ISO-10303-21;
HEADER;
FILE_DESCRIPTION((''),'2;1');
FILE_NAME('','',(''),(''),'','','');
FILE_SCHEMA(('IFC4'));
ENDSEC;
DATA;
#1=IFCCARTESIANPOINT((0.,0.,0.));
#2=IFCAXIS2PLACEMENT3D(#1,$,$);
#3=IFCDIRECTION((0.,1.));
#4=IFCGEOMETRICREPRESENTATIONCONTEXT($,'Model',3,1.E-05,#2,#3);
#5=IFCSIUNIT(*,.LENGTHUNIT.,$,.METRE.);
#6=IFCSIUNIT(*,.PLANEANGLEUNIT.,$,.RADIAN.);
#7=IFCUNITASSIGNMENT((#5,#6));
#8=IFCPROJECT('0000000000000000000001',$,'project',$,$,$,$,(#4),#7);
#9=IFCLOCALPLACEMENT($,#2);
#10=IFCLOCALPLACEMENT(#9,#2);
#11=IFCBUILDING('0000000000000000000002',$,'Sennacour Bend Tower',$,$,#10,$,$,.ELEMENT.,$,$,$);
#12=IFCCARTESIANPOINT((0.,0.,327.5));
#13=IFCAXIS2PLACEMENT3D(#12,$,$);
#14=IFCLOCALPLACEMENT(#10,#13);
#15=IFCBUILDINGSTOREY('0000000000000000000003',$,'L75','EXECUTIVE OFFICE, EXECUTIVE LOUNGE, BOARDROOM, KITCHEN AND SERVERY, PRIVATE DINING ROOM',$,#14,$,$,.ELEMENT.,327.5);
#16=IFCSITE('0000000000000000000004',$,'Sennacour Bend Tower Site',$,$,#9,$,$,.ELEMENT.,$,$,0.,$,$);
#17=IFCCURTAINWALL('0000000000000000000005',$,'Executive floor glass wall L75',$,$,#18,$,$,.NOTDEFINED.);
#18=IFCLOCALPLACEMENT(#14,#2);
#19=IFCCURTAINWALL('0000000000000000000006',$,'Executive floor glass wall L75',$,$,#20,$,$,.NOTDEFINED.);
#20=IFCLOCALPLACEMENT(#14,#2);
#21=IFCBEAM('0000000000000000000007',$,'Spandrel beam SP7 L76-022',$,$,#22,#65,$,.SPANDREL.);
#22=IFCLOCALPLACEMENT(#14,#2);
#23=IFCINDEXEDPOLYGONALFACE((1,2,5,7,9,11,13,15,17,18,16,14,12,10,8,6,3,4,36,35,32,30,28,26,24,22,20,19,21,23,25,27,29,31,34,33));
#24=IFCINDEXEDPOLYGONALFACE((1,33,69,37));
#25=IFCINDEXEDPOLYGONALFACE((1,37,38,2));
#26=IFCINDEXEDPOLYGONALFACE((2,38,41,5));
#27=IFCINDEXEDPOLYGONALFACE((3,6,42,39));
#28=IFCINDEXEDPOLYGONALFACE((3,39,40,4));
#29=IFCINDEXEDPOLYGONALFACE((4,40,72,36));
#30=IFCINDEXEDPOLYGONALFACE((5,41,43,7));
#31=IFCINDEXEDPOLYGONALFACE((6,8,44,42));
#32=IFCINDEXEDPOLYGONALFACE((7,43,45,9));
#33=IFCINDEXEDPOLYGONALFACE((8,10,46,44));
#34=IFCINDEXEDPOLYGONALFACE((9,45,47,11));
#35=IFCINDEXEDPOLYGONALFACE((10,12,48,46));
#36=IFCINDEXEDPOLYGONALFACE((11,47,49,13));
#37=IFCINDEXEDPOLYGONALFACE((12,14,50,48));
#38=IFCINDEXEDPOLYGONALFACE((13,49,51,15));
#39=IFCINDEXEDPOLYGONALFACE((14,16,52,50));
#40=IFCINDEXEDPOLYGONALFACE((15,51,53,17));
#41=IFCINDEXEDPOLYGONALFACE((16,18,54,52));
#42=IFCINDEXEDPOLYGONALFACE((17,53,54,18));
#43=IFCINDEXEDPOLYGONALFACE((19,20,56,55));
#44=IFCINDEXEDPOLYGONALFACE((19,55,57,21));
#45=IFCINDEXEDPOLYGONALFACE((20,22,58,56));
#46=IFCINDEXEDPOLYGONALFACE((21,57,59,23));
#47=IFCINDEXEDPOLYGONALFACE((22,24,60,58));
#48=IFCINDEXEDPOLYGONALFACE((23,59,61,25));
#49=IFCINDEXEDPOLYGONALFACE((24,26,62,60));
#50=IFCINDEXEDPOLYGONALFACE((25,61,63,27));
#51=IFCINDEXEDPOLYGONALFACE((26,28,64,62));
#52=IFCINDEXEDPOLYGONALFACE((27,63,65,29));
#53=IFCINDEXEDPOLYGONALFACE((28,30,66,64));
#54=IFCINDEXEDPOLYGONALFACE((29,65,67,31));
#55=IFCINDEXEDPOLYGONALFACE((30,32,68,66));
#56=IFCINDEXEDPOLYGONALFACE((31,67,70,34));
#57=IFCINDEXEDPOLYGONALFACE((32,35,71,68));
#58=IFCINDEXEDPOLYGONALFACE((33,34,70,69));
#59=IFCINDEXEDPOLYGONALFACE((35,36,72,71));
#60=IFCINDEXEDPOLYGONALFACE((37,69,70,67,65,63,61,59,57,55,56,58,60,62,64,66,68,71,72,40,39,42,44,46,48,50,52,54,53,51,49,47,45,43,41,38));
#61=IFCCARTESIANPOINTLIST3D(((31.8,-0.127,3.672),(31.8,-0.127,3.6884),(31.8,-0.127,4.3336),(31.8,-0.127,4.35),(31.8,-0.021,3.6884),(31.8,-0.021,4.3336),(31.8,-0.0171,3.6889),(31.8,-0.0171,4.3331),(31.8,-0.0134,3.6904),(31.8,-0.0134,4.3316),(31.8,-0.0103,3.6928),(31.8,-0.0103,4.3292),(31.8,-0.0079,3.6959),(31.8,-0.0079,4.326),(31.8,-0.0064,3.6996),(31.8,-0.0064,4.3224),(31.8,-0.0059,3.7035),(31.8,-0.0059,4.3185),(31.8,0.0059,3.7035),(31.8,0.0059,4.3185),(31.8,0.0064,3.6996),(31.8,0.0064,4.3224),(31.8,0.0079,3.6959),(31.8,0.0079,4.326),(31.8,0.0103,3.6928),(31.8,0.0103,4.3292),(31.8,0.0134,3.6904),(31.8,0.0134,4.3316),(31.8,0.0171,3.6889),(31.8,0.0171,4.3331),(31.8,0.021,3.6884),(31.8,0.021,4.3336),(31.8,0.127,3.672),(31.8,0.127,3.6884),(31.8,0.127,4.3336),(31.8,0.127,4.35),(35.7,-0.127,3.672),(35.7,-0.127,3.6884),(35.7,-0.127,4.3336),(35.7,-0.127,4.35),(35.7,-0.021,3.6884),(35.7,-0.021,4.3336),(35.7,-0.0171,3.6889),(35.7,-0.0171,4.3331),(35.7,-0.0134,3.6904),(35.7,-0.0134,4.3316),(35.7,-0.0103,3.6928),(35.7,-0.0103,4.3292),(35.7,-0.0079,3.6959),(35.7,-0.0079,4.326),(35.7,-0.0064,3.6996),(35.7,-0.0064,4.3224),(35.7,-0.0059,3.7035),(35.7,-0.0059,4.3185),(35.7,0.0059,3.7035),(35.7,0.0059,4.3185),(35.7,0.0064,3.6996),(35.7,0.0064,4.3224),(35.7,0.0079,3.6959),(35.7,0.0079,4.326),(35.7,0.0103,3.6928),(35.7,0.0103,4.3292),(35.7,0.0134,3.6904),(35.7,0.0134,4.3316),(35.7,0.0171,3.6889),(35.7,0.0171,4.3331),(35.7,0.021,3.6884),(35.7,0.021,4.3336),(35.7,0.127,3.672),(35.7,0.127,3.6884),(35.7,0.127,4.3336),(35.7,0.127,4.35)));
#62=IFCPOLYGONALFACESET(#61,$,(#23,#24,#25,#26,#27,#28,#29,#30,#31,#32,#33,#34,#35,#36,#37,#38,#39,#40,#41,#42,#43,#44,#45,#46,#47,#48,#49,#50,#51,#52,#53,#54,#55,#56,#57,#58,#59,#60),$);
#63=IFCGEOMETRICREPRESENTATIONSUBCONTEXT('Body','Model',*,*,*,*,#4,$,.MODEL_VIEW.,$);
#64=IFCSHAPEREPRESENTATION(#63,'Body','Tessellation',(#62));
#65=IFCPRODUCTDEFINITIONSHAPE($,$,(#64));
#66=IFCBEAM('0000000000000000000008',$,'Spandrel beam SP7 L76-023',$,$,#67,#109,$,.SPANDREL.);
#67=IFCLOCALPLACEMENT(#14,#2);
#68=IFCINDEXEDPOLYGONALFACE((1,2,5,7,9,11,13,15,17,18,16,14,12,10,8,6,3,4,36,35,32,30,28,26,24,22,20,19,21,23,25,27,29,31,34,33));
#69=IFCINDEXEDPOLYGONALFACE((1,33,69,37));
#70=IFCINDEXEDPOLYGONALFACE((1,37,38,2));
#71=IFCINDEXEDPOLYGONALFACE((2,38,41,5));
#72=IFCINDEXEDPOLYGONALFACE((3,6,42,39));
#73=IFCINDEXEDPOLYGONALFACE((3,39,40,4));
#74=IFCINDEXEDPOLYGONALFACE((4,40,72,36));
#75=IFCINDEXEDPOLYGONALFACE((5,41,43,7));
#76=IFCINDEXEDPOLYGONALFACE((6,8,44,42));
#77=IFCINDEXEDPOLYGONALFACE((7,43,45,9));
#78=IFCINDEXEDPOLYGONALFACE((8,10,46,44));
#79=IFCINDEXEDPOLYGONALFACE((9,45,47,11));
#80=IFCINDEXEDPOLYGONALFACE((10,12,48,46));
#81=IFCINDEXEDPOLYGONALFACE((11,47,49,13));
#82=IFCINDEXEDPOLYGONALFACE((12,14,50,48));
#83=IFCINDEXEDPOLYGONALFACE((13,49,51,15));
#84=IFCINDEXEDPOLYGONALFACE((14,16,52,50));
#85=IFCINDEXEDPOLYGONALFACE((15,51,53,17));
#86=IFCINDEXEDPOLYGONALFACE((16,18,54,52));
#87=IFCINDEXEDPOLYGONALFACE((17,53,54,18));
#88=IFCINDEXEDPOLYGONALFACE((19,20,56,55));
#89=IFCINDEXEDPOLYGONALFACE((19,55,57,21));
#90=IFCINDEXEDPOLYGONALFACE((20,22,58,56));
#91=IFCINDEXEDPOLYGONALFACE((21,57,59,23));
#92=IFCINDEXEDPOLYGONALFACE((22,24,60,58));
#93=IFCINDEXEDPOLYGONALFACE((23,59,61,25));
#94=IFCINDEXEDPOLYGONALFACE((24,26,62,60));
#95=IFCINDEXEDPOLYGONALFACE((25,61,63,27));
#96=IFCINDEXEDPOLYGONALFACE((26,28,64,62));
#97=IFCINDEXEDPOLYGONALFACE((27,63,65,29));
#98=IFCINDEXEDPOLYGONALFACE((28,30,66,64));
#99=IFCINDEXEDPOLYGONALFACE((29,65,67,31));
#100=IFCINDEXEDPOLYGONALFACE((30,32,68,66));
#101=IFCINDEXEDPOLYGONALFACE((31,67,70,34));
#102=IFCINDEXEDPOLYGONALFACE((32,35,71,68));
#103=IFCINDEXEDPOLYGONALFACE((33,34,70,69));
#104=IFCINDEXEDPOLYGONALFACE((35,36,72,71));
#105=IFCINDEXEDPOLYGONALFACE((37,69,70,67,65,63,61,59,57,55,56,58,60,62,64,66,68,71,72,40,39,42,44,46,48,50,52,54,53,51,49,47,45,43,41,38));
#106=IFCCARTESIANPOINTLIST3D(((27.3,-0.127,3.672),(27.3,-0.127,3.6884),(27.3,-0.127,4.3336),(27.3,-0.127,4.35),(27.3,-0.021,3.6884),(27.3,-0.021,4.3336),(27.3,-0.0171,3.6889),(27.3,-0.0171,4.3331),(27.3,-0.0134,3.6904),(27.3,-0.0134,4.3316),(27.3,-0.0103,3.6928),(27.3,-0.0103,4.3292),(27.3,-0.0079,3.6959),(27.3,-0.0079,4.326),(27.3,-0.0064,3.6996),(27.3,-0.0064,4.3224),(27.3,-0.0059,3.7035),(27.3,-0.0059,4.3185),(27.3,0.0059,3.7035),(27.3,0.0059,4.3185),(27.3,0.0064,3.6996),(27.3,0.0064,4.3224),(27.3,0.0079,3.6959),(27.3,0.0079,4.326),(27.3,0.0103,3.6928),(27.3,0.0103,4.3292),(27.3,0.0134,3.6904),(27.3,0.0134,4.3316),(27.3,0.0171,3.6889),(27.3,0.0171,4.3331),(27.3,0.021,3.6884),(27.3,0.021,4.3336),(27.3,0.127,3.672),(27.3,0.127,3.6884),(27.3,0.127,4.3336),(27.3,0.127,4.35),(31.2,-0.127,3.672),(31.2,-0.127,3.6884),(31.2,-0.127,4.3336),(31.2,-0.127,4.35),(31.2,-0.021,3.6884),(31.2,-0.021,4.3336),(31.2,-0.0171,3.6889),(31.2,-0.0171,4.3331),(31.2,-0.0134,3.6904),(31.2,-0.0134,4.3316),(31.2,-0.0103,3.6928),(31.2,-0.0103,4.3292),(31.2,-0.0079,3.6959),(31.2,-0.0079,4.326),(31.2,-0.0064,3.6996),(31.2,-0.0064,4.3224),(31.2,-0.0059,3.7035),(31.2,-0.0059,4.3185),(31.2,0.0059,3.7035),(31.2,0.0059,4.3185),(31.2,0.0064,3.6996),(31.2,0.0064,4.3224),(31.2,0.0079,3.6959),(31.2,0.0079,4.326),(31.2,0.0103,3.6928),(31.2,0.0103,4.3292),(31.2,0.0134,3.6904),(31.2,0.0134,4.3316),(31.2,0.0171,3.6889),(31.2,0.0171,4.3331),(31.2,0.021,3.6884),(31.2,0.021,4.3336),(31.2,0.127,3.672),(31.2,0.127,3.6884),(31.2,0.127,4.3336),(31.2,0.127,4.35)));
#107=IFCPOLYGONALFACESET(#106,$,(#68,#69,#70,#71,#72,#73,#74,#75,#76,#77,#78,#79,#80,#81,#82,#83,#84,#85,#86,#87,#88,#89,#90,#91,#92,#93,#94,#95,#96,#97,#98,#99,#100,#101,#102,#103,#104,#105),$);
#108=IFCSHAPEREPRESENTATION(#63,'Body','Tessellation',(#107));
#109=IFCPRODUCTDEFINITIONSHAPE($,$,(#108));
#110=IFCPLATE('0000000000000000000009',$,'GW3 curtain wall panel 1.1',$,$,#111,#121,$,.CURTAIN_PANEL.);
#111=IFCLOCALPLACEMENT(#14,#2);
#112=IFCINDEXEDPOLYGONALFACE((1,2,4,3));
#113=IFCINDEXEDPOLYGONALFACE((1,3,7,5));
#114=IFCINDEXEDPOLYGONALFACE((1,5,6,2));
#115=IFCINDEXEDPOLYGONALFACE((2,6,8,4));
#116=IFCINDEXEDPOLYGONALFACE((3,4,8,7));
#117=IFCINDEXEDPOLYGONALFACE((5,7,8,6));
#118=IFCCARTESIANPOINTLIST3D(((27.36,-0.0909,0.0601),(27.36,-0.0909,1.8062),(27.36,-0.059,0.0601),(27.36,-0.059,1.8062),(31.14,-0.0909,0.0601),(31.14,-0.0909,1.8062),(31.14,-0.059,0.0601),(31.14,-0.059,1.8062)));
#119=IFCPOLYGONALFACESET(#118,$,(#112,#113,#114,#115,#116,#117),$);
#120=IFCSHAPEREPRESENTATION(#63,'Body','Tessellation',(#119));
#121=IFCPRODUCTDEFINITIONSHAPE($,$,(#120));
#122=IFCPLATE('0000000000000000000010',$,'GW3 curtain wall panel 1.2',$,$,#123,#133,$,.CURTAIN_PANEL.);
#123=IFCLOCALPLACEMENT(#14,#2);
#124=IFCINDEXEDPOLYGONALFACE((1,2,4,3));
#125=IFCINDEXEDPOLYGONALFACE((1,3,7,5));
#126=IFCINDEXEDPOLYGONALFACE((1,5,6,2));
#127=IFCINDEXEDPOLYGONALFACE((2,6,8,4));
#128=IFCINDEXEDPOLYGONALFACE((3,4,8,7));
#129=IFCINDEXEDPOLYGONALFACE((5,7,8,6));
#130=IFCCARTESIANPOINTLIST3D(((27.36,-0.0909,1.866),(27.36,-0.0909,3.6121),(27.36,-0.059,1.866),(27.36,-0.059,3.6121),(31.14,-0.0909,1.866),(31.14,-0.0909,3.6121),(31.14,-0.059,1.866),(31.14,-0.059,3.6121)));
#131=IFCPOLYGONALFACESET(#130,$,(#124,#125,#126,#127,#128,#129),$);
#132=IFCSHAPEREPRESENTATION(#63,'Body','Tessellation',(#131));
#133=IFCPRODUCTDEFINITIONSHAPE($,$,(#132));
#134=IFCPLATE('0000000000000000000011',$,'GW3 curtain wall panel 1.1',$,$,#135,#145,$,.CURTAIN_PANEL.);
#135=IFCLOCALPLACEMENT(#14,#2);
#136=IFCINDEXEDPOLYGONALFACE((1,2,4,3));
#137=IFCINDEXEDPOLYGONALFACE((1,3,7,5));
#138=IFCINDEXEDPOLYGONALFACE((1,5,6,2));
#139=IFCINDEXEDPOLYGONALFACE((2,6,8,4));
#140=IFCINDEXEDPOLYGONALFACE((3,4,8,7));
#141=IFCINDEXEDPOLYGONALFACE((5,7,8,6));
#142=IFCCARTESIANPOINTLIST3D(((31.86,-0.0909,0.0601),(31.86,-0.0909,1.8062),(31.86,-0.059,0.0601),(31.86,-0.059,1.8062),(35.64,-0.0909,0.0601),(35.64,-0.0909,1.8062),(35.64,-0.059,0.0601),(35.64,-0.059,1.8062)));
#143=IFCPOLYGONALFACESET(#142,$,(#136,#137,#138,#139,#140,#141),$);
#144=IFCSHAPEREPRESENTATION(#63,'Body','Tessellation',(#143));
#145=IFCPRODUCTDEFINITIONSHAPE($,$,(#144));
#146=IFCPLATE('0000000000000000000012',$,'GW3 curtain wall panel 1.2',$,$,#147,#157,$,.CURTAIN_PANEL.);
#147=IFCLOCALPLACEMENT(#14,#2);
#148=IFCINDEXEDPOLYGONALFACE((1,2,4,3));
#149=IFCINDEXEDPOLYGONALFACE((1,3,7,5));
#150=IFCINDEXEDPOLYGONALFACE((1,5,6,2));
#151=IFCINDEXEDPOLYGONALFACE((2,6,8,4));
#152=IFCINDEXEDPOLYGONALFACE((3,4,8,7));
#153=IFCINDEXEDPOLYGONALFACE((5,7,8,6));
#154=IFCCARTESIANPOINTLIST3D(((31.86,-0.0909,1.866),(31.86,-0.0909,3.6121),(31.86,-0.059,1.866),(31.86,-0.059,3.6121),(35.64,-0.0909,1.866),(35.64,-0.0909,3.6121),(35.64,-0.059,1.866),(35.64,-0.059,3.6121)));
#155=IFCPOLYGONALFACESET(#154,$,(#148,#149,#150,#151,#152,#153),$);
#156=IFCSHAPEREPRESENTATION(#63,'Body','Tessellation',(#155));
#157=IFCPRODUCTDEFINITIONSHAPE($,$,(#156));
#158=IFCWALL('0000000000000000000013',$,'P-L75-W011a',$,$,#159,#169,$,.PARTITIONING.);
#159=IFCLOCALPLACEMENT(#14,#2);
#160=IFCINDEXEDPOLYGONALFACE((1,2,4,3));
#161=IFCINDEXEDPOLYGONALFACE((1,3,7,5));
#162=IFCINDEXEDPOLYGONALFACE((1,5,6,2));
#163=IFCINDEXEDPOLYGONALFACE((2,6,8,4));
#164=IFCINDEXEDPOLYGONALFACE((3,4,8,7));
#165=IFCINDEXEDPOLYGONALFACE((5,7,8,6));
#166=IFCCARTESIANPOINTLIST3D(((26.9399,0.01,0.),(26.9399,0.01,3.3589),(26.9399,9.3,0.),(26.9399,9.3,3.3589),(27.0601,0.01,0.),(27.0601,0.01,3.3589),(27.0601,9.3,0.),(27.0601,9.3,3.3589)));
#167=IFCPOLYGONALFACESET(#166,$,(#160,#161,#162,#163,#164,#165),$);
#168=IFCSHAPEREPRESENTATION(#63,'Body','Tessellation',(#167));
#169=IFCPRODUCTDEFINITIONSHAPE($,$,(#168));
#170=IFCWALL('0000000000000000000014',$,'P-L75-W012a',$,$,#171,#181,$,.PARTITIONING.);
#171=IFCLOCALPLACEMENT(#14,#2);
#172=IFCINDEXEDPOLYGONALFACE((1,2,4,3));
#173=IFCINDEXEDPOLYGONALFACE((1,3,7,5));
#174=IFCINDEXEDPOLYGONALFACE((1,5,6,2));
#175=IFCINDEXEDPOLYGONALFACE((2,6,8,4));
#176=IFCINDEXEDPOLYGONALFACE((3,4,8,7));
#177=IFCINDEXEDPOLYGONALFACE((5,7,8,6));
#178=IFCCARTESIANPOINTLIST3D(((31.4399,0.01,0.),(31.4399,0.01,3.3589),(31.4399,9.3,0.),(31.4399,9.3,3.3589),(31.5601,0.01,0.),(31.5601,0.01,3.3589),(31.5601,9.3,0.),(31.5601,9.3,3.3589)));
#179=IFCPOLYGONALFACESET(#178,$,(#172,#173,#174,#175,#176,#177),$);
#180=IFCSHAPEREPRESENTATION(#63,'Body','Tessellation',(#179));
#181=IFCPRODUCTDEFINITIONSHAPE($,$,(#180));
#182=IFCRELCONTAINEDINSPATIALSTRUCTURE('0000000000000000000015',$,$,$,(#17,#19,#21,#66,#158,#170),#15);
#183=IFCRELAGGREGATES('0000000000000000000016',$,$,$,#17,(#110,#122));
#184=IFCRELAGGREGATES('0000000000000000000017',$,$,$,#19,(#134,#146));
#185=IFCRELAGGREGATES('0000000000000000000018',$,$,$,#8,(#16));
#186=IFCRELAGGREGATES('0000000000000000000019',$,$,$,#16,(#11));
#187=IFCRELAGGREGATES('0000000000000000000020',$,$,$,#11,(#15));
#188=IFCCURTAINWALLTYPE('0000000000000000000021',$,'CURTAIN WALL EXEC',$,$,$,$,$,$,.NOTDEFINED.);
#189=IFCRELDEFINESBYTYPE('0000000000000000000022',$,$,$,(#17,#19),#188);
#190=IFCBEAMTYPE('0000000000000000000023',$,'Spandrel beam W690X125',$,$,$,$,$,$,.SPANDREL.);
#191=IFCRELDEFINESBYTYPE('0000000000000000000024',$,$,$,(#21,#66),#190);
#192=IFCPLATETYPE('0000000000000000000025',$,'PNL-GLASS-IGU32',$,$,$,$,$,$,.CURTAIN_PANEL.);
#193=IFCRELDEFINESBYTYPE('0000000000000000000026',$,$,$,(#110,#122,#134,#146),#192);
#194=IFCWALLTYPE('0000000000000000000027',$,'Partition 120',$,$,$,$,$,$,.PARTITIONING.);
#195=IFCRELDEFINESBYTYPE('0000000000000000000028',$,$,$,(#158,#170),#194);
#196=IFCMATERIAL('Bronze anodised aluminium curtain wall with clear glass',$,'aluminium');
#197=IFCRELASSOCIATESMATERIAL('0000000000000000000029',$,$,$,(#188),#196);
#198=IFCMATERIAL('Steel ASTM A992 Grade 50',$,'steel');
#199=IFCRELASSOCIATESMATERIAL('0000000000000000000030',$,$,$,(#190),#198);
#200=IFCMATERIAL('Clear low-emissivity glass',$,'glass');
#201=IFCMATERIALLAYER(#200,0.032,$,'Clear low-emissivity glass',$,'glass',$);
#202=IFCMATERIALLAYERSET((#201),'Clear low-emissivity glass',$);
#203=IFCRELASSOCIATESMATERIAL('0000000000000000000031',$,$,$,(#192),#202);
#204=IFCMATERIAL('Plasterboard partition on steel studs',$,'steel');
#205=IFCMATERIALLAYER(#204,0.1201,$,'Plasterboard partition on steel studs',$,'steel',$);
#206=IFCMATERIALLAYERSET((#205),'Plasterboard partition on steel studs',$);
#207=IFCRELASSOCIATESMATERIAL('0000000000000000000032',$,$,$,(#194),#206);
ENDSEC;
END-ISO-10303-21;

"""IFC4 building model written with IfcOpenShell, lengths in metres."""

from ifc_helpers import new_model, si_unit, direction, frame, frame_2d, origin, origin_2d, place, context, subcontext, project, spatial, rectangle, i_section, extrude, material, layer, layer_set, material_profile, profile_set, type_object, element, aggregate, save


model = new_model("IFC4")

# Units and contexts
model_context = context("Model", 3, precision=1e-05, world=origin(), true_north=direction((0.0, 1.0)))
body_context = subcontext(model_context, "Body", "Model", "MODEL_VIEW")
ifc_project = project(units=[si_unit("LENGTHUNIT", "METRE"), si_unit("PLANEANGLEUNIT", "RADIAN")], contexts=[model_context])

# Site, building, storey
site_placement = place(None, origin())
site = spatial("IfcSite", under=ifc_project, at=site_placement, Name="Sennacour Bend Tower Site", CompositionType="ELEMENT", RefElevation=0.0)
building_placement = place(site_placement, origin())
building = spatial("IfcBuilding", under=site, at=building_placement, Name="Sennacour Bend Tower", CompositionType="ELEMENT")
storey_placement = place(building_placement, frame((0.0, 0.0, 327.5)))
storey = spatial("IfcBuildingStorey", under=building, at=storey_placement, Name="L75", Description="EXECUTIVE OFFICE, EXECUTIVE LOUNGE, BOARDROOM, KITCHEN AND SERVERY, PRIVATE DINING ROOM", CompositionType="ELEMENT", Elevation=327.5)

# Curtain walls
ifc_material_1 = material(Name="Bronze anodised aluminium curtain wall with clear glass", Category="aluminium")
curtain_wall_type = type_object("IfcCurtainWallType", Name="CURTAIN WALL EXEC", PredefinedType="NOTDEFINED", material=ifc_material_1)
curtain_wall_1_placement = place(storey_placement, origin())
curtain_wall_1 = element("IfcCurtainWall", 1, at=curtain_wall_1_placement, inside=storey, type_object=curtain_wall_type, Name="Executive floor glass wall L75", PredefinedType="NOTDEFINED")
curtain_wall_2_placement = place(storey_placement, origin())
curtain_wall_2 = element("IfcCurtainWall", 2, at=curtain_wall_2_placement, inside=storey, type_object=curtain_wall_type, Name="Executive floor glass wall L75", PredefinedType="NOTDEFINED")

# Beams
ifc_material_2 = material(Name="Steel ASTM A992 Grade 50", Category="steel")
ifc_material_profile_1 = material_profile(ifc_material_2, i_section(OverallWidth=0.2539, OverallDepth=0.678, WebThickness=0.0117, FlangeThickness=0.0164, FilletRadius=0.0151, at=origin_2d()), Name="Steel ASTM A992 Grade 50", Category="steel")
ifc_profile_set_1 = profile_set([ifc_material_profile_1], Name="Steel ASTM A992 Grade 50")
beam_type_1 = type_object("IfcBeamType", Name="Spandrel beam W690X125", PredefinedType="SPANDREL", material=ifc_profile_set_1)
for number, where, z_axis, x_axis, name in (
    (3, (35.7, 0.0, 4.011), (-1.0, 0.0, 0.0), (0.0, -1.0, 0.0), "Spandrel beam SP7 L76-022"),
    (4, (31.2, 0.0, 4.011), (-1.0, 0.0, 0.0), (0.0, -1.0, 0.0), "Spandrel beam SP7 L76-023"),
):
    element("IfcBeam", number, at=place(storey_placement, frame(where, z_axis=z_axis, x_axis=x_axis)), inside=storey, type_object=beam_type_1, Name=name, PredefinedType="SPANDREL", context=body_context, shape_type="SweptSolid", body=[
        extrude(i_section(OverallWidth=0.2539, OverallDepth=0.678, WebThickness=0.0117, FlangeThickness=0.0164, FilletRadius=0.0151, at=origin_2d()), origin(), (0.0, 0.0, 1.0), 3.8999),
    ])

# Plates
ifc_material_3 = material(Name="Clear low-emissivity glass", Category="glass")
ifc_layer_1 = layer(ifc_material_3, 0.032, Name="Clear low-emissivity glass", Category="glass")
ifc_layer_set_1 = layer_set([ifc_layer_1], Name="Clear low-emissivity glass")
plate_type = type_object("IfcPlateType", Name="PNL-GLASS-IGU32", PredefinedType="CURTAIN_PANEL", material=ifc_layer_set_1)
plate_1_placement = place(storey_placement, frame((29.25, -0.075, 0.0601), z_axis=(0.0, 0.0, 1.0), x_axis=(1.0, 0.0, 0.0)))
plate_1 = element("IfcPlate", 5, at=plate_1_placement, type_object=plate_type, Name="GW3 curtain wall panel 1.1", PredefinedType="CURTAIN_PANEL", context=body_context, shape_type="SweptSolid", body=[
    extrude(rectangle(XDim=3.78, YDim=0.032, at=origin_2d()), origin(), (0.0, 0.0, 1.0), 1.7461),
])
plate_2_placement = place(storey_placement, frame((29.25, -0.075, 1.866), z_axis=(0.0, 0.0, 1.0), x_axis=(1.0, 0.0, 0.0)))
plate_2 = element("IfcPlate", 6, at=plate_2_placement, type_object=plate_type, Name="GW3 curtain wall panel 1.2", PredefinedType="CURTAIN_PANEL", context=body_context, shape_type="SweptSolid", body=[
    extrude(rectangle(XDim=3.78, YDim=0.032, at=origin_2d()), origin(), (0.0, 0.0, 1.0), 1.7461),
])
aggregate(curtain_wall_1, [plate_1, plate_2])
plate_3_placement = place(storey_placement, frame((33.75, -0.075, 0.0601), z_axis=(0.0, 0.0, 1.0), x_axis=(1.0, 0.0, 0.0)))
plate_3 = element("IfcPlate", 7, at=plate_3_placement, type_object=plate_type, Name="GW3 curtain wall panel 1.1", PredefinedType="CURTAIN_PANEL", context=body_context, shape_type="SweptSolid", body=[
    extrude(rectangle(XDim=3.78, YDim=0.032, at=origin_2d()), origin(), (0.0, 0.0, 1.0), 1.7461),
])
plate_4_placement = place(storey_placement, frame((33.75, -0.075, 1.866), z_axis=(0.0, 0.0, 1.0), x_axis=(1.0, 0.0, 0.0)))
plate_4 = element("IfcPlate", 8, at=plate_4_placement, type_object=plate_type, Name="GW3 curtain wall panel 1.2", PredefinedType="CURTAIN_PANEL", context=body_context, shape_type="SweptSolid", body=[
    extrude(rectangle(XDim=3.78, YDim=0.032, at=origin_2d()), origin(), (0.0, 0.0, 1.0), 1.7461),
])
aggregate(curtain_wall_2, [plate_3, plate_4])

# Walls
ifc_material_4 = material(Name="Plasterboard partition on steel studs", Category="steel")
ifc_layer_2 = layer(ifc_material_4, 0.1201, Name="Plasterboard partition on steel studs", Category="steel")
ifc_layer_set_2 = layer_set([ifc_layer_2], Name="Plasterboard partition on steel studs")
wall_type = type_object("IfcWallType", Name="Partition 120", PredefinedType="PARTITIONING", material=ifc_layer_set_2)
for number, where, z_axis, x_axis, name in (
    (9, (27.0, 0.01, 0.0), (0.0, 0.0, 1.0), (0.0, 1.0, 0.0), "P-L75-W011a"),
    (10, (31.5, 0.01, 0.0), (0.0, 0.0, 1.0), (0.0, 1.0, 0.0), "P-L75-W012a"),
):
    element("IfcWall", number, at=place(storey_placement, frame(where, z_axis=z_axis, x_axis=x_axis)), inside=storey, type_object=wall_type, Name=name, PredefinedType="PARTITIONING", context=body_context, shape_type="SweptSolid", body=[
        extrude(rectangle(XDim=9.29, YDim=0.1201, at=frame_2d((4.645, 0.0))), origin(), (0.0, 0.0, 1.0), 3.3589),
    ])

save(model, "model.ifc")
